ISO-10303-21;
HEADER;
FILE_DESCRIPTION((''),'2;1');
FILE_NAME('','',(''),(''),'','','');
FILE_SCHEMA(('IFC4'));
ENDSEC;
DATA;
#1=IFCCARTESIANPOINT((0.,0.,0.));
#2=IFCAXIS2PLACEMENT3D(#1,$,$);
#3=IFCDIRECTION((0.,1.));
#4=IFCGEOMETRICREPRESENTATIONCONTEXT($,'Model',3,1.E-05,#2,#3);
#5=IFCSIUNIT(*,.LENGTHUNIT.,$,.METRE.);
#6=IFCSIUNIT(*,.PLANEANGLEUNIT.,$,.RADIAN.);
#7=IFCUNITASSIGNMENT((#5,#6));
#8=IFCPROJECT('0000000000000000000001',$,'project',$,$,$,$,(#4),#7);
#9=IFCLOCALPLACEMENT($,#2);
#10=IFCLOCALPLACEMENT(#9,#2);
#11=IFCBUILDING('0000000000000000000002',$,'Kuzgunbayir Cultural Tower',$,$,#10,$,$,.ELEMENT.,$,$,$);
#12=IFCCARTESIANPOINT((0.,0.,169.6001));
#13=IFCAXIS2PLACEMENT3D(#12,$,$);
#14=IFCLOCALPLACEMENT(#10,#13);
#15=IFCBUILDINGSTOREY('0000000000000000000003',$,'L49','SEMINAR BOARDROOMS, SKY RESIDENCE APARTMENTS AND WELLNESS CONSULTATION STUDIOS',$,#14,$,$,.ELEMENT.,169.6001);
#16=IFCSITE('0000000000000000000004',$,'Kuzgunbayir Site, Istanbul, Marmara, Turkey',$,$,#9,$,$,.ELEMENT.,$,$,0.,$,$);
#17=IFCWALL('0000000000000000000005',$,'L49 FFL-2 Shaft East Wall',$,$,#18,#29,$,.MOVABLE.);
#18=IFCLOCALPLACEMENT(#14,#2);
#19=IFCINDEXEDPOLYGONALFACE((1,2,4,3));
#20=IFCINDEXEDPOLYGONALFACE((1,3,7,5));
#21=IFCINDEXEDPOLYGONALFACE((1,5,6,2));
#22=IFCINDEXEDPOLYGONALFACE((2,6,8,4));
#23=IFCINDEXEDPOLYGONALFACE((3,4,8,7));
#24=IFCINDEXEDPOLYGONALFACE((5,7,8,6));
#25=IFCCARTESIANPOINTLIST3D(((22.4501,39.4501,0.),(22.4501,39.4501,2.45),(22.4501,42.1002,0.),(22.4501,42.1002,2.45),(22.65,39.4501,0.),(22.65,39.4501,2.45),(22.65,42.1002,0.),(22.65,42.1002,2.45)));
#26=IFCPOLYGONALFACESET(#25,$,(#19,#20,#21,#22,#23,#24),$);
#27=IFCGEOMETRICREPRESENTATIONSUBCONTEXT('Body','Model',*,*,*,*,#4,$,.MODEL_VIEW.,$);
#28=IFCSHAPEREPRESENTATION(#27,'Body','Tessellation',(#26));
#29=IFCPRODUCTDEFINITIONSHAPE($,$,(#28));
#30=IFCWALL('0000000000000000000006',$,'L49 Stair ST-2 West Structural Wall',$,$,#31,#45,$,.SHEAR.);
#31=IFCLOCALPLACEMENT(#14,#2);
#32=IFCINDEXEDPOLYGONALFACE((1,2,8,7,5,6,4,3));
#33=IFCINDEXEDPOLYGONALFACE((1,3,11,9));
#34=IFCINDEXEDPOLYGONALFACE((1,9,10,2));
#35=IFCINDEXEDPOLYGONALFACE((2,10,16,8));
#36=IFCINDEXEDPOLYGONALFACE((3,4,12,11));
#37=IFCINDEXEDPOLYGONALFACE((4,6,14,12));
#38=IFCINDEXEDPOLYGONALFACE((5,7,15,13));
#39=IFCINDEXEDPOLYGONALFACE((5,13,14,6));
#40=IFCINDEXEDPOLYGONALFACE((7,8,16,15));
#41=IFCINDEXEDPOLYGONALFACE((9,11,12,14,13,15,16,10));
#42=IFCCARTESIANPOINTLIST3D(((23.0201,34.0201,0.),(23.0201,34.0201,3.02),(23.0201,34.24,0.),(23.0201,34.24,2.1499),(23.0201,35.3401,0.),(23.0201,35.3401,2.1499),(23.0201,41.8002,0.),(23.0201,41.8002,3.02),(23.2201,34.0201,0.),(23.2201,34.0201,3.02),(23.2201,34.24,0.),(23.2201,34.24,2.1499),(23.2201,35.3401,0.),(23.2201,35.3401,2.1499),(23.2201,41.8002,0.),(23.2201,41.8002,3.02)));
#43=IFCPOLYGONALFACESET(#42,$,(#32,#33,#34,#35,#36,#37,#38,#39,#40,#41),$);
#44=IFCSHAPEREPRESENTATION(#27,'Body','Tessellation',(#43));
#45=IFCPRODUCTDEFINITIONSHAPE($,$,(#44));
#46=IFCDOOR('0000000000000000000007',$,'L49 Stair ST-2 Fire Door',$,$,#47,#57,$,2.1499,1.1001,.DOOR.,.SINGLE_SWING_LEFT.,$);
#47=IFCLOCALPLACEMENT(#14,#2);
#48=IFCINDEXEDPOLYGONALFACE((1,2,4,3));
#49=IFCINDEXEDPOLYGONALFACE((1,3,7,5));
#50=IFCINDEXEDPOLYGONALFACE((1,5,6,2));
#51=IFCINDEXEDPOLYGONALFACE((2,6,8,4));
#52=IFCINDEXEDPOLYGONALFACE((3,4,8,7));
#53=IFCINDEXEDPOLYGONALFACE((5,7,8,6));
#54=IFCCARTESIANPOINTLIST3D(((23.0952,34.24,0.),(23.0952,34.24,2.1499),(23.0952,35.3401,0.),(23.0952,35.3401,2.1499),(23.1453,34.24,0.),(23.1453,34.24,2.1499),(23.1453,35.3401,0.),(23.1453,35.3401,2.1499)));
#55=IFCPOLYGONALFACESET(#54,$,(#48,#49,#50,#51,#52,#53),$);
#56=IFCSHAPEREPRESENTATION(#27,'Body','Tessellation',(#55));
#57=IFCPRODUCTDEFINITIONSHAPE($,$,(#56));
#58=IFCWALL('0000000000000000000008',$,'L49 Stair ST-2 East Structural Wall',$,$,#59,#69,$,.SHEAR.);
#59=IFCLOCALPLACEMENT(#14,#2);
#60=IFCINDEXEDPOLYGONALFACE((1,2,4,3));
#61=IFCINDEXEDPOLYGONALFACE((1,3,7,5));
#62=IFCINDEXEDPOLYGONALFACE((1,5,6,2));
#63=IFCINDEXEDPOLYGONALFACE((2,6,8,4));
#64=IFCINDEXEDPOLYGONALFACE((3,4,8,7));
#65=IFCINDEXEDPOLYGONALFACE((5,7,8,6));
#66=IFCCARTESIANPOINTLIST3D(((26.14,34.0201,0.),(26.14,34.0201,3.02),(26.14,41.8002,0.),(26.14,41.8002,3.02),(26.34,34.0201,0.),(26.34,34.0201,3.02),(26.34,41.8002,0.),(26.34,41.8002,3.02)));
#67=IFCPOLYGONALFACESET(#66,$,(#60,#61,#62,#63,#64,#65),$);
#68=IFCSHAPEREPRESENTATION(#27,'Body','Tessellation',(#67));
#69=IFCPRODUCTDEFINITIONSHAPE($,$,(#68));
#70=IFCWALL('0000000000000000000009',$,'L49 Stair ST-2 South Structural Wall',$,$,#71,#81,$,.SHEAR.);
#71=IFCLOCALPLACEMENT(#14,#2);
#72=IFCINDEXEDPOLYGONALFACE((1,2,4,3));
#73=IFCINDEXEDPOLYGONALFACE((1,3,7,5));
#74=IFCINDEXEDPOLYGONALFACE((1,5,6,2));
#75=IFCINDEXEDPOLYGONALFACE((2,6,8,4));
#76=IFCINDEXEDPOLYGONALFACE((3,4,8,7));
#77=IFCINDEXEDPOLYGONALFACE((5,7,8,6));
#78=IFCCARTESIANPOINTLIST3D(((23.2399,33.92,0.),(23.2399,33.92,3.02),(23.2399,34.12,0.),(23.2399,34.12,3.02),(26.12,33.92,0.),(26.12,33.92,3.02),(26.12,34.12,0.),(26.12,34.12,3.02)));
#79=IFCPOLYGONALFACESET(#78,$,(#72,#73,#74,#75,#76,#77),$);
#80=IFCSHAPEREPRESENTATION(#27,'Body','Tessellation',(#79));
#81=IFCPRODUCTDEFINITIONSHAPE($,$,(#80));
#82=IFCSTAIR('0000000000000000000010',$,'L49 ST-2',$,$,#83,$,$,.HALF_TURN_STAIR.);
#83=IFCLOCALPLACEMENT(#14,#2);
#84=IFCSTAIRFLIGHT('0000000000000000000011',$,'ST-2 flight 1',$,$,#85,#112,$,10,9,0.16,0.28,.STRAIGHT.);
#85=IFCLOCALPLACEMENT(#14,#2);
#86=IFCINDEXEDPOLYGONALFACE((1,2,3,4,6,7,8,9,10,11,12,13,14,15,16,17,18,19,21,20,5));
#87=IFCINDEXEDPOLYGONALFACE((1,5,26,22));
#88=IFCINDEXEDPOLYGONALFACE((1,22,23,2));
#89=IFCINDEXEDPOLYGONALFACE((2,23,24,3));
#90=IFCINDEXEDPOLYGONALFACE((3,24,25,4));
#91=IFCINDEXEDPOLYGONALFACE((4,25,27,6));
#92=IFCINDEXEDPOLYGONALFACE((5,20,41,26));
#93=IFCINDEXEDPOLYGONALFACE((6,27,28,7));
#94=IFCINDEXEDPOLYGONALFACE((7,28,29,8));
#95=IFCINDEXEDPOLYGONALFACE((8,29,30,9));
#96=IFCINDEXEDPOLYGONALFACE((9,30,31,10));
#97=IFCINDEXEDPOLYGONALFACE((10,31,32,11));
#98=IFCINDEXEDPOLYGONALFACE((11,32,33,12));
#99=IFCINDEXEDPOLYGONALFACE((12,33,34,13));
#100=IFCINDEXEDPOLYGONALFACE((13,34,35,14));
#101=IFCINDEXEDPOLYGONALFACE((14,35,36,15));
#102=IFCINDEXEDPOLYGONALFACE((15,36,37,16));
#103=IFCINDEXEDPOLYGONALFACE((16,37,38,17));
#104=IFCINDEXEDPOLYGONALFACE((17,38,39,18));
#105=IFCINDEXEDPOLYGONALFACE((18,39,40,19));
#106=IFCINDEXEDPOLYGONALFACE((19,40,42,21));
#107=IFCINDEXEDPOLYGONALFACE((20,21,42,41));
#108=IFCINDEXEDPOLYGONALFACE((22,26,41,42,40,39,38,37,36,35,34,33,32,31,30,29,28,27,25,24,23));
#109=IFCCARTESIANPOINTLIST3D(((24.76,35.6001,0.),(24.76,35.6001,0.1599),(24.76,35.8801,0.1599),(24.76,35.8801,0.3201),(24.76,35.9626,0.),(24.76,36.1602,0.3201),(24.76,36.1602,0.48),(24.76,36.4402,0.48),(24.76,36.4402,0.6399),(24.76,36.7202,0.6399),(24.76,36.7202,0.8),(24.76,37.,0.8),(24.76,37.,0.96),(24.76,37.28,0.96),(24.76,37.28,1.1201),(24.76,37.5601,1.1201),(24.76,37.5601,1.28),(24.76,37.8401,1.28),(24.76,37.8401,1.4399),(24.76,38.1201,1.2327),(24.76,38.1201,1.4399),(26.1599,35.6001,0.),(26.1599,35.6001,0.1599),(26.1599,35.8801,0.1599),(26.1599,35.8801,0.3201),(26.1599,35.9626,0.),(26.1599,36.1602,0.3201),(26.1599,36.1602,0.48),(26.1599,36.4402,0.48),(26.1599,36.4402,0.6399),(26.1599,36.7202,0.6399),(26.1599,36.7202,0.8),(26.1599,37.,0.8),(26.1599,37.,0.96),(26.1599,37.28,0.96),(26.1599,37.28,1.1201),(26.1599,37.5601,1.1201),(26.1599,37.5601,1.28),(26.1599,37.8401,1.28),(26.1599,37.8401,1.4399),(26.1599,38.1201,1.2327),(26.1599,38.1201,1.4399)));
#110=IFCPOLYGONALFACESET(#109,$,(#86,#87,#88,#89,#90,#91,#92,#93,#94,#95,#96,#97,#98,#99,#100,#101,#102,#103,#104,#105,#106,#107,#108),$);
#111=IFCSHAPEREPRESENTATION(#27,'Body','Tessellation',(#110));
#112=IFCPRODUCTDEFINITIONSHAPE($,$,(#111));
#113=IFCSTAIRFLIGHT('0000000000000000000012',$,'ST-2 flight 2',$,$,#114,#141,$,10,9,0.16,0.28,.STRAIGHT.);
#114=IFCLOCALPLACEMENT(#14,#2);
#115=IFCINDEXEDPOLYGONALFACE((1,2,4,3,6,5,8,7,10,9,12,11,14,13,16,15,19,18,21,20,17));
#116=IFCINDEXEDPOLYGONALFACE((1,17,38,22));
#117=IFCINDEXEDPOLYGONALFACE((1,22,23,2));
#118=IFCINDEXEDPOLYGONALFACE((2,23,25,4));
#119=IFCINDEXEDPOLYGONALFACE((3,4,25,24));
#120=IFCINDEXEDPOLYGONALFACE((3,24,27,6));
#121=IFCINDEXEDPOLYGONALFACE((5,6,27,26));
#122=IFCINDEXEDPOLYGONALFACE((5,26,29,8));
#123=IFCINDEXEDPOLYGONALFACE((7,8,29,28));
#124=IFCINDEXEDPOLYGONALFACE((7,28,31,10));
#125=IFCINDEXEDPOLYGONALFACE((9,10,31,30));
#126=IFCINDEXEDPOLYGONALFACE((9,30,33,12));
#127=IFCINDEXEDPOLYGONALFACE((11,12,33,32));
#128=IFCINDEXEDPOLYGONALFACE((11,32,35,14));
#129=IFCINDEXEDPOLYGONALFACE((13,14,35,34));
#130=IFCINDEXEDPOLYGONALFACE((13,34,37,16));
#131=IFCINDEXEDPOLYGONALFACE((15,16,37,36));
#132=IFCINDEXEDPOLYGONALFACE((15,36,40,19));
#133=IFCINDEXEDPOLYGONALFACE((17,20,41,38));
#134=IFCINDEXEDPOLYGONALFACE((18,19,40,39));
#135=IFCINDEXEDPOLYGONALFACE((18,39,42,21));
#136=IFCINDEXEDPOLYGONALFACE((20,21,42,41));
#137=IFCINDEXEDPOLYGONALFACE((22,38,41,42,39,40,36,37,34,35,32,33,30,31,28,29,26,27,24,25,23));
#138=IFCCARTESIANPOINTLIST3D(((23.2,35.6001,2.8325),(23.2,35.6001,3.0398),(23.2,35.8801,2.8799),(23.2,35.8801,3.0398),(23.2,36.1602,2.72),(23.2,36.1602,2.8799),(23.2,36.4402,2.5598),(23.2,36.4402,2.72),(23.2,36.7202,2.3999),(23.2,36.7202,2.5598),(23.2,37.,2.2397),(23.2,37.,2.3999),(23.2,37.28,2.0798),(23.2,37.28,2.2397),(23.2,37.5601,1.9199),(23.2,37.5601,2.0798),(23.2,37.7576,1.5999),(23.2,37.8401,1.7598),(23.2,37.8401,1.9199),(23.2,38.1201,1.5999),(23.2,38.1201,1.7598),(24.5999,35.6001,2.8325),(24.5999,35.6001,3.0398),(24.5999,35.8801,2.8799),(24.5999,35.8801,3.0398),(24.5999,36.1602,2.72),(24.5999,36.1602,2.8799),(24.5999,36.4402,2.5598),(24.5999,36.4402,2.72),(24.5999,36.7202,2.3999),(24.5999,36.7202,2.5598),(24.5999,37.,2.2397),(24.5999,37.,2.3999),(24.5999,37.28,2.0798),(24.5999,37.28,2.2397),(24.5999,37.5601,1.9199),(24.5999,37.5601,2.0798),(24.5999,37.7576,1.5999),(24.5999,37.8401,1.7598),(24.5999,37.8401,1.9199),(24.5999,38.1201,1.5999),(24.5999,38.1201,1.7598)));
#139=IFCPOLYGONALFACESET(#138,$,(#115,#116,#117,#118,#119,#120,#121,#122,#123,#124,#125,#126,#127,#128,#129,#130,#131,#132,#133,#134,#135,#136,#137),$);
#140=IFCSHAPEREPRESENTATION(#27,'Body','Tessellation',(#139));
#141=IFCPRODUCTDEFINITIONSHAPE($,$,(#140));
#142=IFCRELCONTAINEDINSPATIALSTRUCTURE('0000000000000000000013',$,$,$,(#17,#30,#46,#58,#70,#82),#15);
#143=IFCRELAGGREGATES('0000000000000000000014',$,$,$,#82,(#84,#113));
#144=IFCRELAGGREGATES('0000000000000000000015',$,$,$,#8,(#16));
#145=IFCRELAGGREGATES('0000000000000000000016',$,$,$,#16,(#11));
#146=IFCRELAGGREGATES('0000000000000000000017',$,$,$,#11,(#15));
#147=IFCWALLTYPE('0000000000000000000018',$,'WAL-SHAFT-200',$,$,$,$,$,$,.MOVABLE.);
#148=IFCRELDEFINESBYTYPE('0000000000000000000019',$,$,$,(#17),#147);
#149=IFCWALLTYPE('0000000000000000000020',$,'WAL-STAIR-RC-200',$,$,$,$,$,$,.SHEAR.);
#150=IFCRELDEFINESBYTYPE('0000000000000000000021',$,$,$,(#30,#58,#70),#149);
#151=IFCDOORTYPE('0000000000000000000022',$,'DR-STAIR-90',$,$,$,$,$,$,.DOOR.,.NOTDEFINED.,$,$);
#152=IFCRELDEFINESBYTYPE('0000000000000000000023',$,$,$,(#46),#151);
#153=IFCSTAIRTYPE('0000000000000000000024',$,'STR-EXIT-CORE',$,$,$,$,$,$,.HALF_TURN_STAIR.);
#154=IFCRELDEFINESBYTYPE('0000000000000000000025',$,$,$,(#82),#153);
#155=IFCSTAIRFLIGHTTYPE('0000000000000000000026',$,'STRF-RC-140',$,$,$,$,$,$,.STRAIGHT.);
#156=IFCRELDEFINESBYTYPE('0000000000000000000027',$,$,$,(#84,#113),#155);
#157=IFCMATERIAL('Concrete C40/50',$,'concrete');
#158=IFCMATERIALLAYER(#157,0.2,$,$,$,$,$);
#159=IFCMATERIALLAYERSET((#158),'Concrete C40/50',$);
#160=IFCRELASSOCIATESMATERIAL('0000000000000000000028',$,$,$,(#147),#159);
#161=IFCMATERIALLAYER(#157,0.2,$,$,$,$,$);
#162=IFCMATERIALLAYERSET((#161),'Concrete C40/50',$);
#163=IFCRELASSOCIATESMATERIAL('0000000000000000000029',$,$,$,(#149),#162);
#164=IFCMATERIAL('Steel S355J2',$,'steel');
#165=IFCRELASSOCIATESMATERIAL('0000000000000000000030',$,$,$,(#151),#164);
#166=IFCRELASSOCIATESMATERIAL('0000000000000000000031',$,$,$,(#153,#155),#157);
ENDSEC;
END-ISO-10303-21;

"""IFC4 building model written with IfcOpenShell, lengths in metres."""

from ifc_helpers import new_model, si_unit, direction, frame, frame_2d, origin, place, context, subcontext, project, spatial, polyline, rectangle, outline, extrude, material, layer, layer_set, type_object, element, fill, aggregate, save


model = new_model("IFC4")

# Units and contexts
model_context = context("Model", 3, precision=1e-05, world=origin(), true_north=direction((0.0, 1.0)))
body_context = subcontext(model_context, "Body", "Model", "MODEL_VIEW")
ifc_project = project(units=[si_unit("LENGTHUNIT", "METRE"), si_unit("PLANEANGLEUNIT", "RADIAN")], contexts=[model_context])

# Site, building, storey
site_placement = place(None, origin())
site = spatial("IfcSite", under=ifc_project, at=site_placement, Name="Kuzgunbayir Site, Istanbul, Marmara, Turkey", CompositionType="ELEMENT", RefElevation=0.0)
building_placement = place(site_placement, origin())
building = spatial("IfcBuilding", under=site, at=building_placement, Name="Kuzgunbayir Cultural Tower", CompositionType="ELEMENT")
storey_placement = place(building_placement, frame((0.0, 0.0, 169.6001)))
storey = spatial("IfcBuildingStorey", under=building, at=storey_placement, Name="L49", Description="SEMINAR BOARDROOMS, SKY RESIDENCE APARTMENTS AND WELLNESS CONSULTATION STUDIOS", CompositionType="ELEMENT", Elevation=169.6001)

# Shared definitions
ifc_material_1 = material(Name="Steel S355J2", Category="steel")

# Shared definitions
ifc_material_2 = material(Name="Concrete C40/50", Category="concrete")
ifc_layer_1 = layer(ifc_material_2, 0.2)
ifc_layer_set_1 = layer_set([ifc_layer_1], Name="Concrete C40/50")
wall_type_1 = type_object("IfcWallType", Name="WAL-SHAFT-200", PredefinedType="MOVABLE", material=ifc_layer_set_1)

# Wall
for number, where, z_axis, x_axis, name in (
    (1, (22.55, 39.45, 0.0), (0.0, 0.0, 1.0), (0.0, 1.0, 0.0), "L49 FFL-2 Shaft East Wall"),
):
    element("IfcWall", number, at=place(storey_placement, frame(where, z_axis=z_axis, x_axis=x_axis)), inside=storey, type_object=wall_type_1, Name=name, PredefinedType="MOVABLE", context=body_context, shape_type="SweptSolid", body=[
        extrude(rectangle(XDim=2.6501, YDim=0.2, at=frame_2d((1.3252, 0.0))), origin(), (0.0, 0.0, 1.0), 2.45),
    ])

# Wall, opening, door
ifc_layer_2 = layer(ifc_material_2, 0.2)
ifc_layer_set_2 = layer_set([ifc_layer_2], Name="Concrete C40/50")
wall_type_2 = type_object("IfcWallType", Name="WAL-STAIR-RC-200", PredefinedType="SHEAR", material=ifc_layer_set_2)
wall_1_placement = place(storey_placement, frame((23.1201, 34.02, 0.0), z_axis=(0.0, 0.0, 1.0), x_axis=(0.0, 1.0, 0.0)))
wall_1 = element("IfcWall", 2, at=wall_1_placement, inside=storey, type_object=wall_type_2, Name="L49 Stair ST-2 West Structural Wall", PredefinedType="SHEAR", context=body_context, shape_type="SweptSolid", body=[
    extrude(rectangle(XDim=7.78, YDim=0.2, at=frame_2d((3.8901, 0.0))), origin(), (0.0, 0.0, 1.0), 3.02),
])
opening_1_placement = place(wall_1_placement, frame((0.22, 0.0, 0.0)))
opening_1 = element("IfcOpeningElement", 3, at=opening_1_placement, cuts=wall_1, PredefinedType="OPENING", context=body_context, shape_type="SweptSolid", body=[
    extrude(rectangle(XDim=1.1001, YDim=2.1499, at=frame_2d((0.55, 1.075))), frame((0.0, 0.1099, 0.0), z_axis=(0.0, -1.0, 0.0), x_axis=(1.0, 0.0, 0.0)), (0.0, 0.0, 1.0), 0.22),
])
door_type_1 = type_object("IfcDoorType", Name="DR-STAIR-90", OperationType="NOTDEFINED", PredefinedType="DOOR", material=ifc_material_1)
door_1_placement = place(opening_1_placement, origin())
door_1 = element("IfcDoor", 4, at=door_1_placement, inside=storey, type_object=door_type_1, Name="L49 Stair ST-2 Fire Door", OperationType="SINGLE_SWING_LEFT", OverallHeight=2.1499, OverallWidth=1.1001, PredefinedType="DOOR", context=body_context, shape_type="SweptSolid", body=[
    extrude(rectangle(XDim=1.1001, YDim=2.1499, at=frame_2d((0.55, 1.075))), frame((0.0, 0.0249, 0.0), z_axis=(0.0, -1.0, 0.0), x_axis=(1.0, 0.0, 0.0)), (0.0, 0.0, 1.0), 0.05),
])
fill(opening_1, door_1)

# Walls
wall_2_placement = place(storey_placement, frame((26.24, 34.02, 0.0), z_axis=(0.0, 0.0, 1.0), x_axis=(0.0, 1.0, 0.0)))
element("IfcWall", 5, at=wall_2_placement, inside=storey, type_object=wall_type_2, Name="L49 Stair ST-2 East Structural Wall", PredefinedType="SHEAR", context=body_context, shape_type="SweptSolid", body=[
    extrude(rectangle(XDim=7.78, YDim=0.2, at=frame_2d((3.8901, 0.0))), origin(), (0.0, 0.0, 1.0), 3.02),
])
wall_3_placement = place(storey_placement, frame((23.24, 34.02, 0.0), z_axis=(0.0, 0.0, 1.0), x_axis=(1.0, 0.0, 0.0)))
element("IfcWall", 6, at=wall_3_placement, inside=storey, type_object=wall_type_2, Name="L49 Stair ST-2 South Structural Wall", PredefinedType="SHEAR", context=body_context, shape_type="SweptSolid", body=[
    extrude(rectangle(XDim=2.8801, YDim=0.2, at=frame_2d((1.4399, 0.0))), origin(), (0.0, 0.0, 1.0), 3.02),
])

# Stair, stair flights
stair_type = type_object("IfcStairType", Name="STR-EXIT-CORE", PredefinedType="HALF_TURN_STAIR", material=ifc_material_2)
stair_placement = place(storey_placement, origin())
stair = element("IfcStair", 7, at=stair_placement, inside=storey, type_object=stair_type, Name="L49 ST-2", PredefinedType="HALF_TURN_STAIR")
stair_flight_type = type_object("IfcStairFlightType", Name="STRF-RC-140", PredefinedType="STRAIGHT", material=ifc_material_2)
stair_flight_1_placement = place(storey_placement, frame((25.46, 35.6001, 0.0), z_axis=(0.0, 0.0, 1.0), x_axis=(0.0, 1.0, 0.0)))
stair_flight_1 = element("IfcStairFlight", 8, at=stair_flight_1_placement, type_object=stair_flight_type, Name="ST-2 flight 1", NumberOfRisers=10, NumberOfTreads=9, PredefinedType="STRAIGHT", RiserHeight=0.16, TreadLength=0.28, context=body_context, shape_type="SweptSolid", body=[
    extrude(outline(polyline([(0.0, 0.0), (0.0, 0.1599), (0.28, 0.1599), (0.28, 0.3201), (0.5601, 0.3201), (0.5601, 0.48), (0.8401, 0.48), (0.8401, 0.6399), (1.1201, 0.6399), (1.1201, 0.8), (1.3999, 0.8), (1.3999, 0.96), (1.6799, 0.96), (1.6799, 1.1201), (1.96, 1.1201), (1.96, 1.28), (2.24, 1.28), (2.24, 1.4399), (2.52, 1.4399), (2.52, 1.6001), (2.52, 1.2327), (0.3625, 0.0), (0.0, 0.0)])), frame((0.0, 0.7, 0.0), z_axis=(0.0, -1.0, 0.0), x_axis=(1.0, 0.0, 0.0)), (0.0, 0.0, 1.0), 1.3999),
])
stair_flight_2_placement = place(storey_placement, frame((23.8999, 38.1201, 1.5999), z_axis=(0.0, 0.0, 1.0), x_axis=(0.0, -1.0, 0.0)))
stair_flight_2 = element("IfcStairFlight", 9, at=stair_flight_2_placement, type_object=stair_flight_type, Name="ST-2 flight 2", NumberOfRisers=10, NumberOfTreads=9, PredefinedType="STRAIGHT", RiserHeight=0.16, TreadLength=0.28, context=body_context, shape_type="SweptSolid", body=[
    extrude(outline(polyline([(0.0, 0.0), (0.0, 0.1599), (0.28, 0.1599), (0.28, 0.3201), (0.5601, 0.3201), (0.5601, 0.48), (0.8401, 0.48), (0.8401, 0.6399), (1.1201, 0.6399), (1.1201, 0.8), (1.3999, 0.8), (1.3999, 0.96), (1.6799, 0.96), (1.6799, 1.1201), (1.96, 1.1201), (1.96, 1.28), (2.24, 1.28), (2.24, 1.4399), (2.52, 1.4399), (2.52, 1.6001), (2.52, 1.2327), (0.3625, 0.0), (0.0, 0.0)])), frame((0.0, 0.7, 0.0), z_axis=(0.0, -1.0, 0.0), x_axis=(1.0, 0.0, 0.0)), (0.0, 0.0, 1.0), 1.3999),
])
aggregate(stair, [stair_flight_1, stair_flight_2])

save(model, "model.ifc")
